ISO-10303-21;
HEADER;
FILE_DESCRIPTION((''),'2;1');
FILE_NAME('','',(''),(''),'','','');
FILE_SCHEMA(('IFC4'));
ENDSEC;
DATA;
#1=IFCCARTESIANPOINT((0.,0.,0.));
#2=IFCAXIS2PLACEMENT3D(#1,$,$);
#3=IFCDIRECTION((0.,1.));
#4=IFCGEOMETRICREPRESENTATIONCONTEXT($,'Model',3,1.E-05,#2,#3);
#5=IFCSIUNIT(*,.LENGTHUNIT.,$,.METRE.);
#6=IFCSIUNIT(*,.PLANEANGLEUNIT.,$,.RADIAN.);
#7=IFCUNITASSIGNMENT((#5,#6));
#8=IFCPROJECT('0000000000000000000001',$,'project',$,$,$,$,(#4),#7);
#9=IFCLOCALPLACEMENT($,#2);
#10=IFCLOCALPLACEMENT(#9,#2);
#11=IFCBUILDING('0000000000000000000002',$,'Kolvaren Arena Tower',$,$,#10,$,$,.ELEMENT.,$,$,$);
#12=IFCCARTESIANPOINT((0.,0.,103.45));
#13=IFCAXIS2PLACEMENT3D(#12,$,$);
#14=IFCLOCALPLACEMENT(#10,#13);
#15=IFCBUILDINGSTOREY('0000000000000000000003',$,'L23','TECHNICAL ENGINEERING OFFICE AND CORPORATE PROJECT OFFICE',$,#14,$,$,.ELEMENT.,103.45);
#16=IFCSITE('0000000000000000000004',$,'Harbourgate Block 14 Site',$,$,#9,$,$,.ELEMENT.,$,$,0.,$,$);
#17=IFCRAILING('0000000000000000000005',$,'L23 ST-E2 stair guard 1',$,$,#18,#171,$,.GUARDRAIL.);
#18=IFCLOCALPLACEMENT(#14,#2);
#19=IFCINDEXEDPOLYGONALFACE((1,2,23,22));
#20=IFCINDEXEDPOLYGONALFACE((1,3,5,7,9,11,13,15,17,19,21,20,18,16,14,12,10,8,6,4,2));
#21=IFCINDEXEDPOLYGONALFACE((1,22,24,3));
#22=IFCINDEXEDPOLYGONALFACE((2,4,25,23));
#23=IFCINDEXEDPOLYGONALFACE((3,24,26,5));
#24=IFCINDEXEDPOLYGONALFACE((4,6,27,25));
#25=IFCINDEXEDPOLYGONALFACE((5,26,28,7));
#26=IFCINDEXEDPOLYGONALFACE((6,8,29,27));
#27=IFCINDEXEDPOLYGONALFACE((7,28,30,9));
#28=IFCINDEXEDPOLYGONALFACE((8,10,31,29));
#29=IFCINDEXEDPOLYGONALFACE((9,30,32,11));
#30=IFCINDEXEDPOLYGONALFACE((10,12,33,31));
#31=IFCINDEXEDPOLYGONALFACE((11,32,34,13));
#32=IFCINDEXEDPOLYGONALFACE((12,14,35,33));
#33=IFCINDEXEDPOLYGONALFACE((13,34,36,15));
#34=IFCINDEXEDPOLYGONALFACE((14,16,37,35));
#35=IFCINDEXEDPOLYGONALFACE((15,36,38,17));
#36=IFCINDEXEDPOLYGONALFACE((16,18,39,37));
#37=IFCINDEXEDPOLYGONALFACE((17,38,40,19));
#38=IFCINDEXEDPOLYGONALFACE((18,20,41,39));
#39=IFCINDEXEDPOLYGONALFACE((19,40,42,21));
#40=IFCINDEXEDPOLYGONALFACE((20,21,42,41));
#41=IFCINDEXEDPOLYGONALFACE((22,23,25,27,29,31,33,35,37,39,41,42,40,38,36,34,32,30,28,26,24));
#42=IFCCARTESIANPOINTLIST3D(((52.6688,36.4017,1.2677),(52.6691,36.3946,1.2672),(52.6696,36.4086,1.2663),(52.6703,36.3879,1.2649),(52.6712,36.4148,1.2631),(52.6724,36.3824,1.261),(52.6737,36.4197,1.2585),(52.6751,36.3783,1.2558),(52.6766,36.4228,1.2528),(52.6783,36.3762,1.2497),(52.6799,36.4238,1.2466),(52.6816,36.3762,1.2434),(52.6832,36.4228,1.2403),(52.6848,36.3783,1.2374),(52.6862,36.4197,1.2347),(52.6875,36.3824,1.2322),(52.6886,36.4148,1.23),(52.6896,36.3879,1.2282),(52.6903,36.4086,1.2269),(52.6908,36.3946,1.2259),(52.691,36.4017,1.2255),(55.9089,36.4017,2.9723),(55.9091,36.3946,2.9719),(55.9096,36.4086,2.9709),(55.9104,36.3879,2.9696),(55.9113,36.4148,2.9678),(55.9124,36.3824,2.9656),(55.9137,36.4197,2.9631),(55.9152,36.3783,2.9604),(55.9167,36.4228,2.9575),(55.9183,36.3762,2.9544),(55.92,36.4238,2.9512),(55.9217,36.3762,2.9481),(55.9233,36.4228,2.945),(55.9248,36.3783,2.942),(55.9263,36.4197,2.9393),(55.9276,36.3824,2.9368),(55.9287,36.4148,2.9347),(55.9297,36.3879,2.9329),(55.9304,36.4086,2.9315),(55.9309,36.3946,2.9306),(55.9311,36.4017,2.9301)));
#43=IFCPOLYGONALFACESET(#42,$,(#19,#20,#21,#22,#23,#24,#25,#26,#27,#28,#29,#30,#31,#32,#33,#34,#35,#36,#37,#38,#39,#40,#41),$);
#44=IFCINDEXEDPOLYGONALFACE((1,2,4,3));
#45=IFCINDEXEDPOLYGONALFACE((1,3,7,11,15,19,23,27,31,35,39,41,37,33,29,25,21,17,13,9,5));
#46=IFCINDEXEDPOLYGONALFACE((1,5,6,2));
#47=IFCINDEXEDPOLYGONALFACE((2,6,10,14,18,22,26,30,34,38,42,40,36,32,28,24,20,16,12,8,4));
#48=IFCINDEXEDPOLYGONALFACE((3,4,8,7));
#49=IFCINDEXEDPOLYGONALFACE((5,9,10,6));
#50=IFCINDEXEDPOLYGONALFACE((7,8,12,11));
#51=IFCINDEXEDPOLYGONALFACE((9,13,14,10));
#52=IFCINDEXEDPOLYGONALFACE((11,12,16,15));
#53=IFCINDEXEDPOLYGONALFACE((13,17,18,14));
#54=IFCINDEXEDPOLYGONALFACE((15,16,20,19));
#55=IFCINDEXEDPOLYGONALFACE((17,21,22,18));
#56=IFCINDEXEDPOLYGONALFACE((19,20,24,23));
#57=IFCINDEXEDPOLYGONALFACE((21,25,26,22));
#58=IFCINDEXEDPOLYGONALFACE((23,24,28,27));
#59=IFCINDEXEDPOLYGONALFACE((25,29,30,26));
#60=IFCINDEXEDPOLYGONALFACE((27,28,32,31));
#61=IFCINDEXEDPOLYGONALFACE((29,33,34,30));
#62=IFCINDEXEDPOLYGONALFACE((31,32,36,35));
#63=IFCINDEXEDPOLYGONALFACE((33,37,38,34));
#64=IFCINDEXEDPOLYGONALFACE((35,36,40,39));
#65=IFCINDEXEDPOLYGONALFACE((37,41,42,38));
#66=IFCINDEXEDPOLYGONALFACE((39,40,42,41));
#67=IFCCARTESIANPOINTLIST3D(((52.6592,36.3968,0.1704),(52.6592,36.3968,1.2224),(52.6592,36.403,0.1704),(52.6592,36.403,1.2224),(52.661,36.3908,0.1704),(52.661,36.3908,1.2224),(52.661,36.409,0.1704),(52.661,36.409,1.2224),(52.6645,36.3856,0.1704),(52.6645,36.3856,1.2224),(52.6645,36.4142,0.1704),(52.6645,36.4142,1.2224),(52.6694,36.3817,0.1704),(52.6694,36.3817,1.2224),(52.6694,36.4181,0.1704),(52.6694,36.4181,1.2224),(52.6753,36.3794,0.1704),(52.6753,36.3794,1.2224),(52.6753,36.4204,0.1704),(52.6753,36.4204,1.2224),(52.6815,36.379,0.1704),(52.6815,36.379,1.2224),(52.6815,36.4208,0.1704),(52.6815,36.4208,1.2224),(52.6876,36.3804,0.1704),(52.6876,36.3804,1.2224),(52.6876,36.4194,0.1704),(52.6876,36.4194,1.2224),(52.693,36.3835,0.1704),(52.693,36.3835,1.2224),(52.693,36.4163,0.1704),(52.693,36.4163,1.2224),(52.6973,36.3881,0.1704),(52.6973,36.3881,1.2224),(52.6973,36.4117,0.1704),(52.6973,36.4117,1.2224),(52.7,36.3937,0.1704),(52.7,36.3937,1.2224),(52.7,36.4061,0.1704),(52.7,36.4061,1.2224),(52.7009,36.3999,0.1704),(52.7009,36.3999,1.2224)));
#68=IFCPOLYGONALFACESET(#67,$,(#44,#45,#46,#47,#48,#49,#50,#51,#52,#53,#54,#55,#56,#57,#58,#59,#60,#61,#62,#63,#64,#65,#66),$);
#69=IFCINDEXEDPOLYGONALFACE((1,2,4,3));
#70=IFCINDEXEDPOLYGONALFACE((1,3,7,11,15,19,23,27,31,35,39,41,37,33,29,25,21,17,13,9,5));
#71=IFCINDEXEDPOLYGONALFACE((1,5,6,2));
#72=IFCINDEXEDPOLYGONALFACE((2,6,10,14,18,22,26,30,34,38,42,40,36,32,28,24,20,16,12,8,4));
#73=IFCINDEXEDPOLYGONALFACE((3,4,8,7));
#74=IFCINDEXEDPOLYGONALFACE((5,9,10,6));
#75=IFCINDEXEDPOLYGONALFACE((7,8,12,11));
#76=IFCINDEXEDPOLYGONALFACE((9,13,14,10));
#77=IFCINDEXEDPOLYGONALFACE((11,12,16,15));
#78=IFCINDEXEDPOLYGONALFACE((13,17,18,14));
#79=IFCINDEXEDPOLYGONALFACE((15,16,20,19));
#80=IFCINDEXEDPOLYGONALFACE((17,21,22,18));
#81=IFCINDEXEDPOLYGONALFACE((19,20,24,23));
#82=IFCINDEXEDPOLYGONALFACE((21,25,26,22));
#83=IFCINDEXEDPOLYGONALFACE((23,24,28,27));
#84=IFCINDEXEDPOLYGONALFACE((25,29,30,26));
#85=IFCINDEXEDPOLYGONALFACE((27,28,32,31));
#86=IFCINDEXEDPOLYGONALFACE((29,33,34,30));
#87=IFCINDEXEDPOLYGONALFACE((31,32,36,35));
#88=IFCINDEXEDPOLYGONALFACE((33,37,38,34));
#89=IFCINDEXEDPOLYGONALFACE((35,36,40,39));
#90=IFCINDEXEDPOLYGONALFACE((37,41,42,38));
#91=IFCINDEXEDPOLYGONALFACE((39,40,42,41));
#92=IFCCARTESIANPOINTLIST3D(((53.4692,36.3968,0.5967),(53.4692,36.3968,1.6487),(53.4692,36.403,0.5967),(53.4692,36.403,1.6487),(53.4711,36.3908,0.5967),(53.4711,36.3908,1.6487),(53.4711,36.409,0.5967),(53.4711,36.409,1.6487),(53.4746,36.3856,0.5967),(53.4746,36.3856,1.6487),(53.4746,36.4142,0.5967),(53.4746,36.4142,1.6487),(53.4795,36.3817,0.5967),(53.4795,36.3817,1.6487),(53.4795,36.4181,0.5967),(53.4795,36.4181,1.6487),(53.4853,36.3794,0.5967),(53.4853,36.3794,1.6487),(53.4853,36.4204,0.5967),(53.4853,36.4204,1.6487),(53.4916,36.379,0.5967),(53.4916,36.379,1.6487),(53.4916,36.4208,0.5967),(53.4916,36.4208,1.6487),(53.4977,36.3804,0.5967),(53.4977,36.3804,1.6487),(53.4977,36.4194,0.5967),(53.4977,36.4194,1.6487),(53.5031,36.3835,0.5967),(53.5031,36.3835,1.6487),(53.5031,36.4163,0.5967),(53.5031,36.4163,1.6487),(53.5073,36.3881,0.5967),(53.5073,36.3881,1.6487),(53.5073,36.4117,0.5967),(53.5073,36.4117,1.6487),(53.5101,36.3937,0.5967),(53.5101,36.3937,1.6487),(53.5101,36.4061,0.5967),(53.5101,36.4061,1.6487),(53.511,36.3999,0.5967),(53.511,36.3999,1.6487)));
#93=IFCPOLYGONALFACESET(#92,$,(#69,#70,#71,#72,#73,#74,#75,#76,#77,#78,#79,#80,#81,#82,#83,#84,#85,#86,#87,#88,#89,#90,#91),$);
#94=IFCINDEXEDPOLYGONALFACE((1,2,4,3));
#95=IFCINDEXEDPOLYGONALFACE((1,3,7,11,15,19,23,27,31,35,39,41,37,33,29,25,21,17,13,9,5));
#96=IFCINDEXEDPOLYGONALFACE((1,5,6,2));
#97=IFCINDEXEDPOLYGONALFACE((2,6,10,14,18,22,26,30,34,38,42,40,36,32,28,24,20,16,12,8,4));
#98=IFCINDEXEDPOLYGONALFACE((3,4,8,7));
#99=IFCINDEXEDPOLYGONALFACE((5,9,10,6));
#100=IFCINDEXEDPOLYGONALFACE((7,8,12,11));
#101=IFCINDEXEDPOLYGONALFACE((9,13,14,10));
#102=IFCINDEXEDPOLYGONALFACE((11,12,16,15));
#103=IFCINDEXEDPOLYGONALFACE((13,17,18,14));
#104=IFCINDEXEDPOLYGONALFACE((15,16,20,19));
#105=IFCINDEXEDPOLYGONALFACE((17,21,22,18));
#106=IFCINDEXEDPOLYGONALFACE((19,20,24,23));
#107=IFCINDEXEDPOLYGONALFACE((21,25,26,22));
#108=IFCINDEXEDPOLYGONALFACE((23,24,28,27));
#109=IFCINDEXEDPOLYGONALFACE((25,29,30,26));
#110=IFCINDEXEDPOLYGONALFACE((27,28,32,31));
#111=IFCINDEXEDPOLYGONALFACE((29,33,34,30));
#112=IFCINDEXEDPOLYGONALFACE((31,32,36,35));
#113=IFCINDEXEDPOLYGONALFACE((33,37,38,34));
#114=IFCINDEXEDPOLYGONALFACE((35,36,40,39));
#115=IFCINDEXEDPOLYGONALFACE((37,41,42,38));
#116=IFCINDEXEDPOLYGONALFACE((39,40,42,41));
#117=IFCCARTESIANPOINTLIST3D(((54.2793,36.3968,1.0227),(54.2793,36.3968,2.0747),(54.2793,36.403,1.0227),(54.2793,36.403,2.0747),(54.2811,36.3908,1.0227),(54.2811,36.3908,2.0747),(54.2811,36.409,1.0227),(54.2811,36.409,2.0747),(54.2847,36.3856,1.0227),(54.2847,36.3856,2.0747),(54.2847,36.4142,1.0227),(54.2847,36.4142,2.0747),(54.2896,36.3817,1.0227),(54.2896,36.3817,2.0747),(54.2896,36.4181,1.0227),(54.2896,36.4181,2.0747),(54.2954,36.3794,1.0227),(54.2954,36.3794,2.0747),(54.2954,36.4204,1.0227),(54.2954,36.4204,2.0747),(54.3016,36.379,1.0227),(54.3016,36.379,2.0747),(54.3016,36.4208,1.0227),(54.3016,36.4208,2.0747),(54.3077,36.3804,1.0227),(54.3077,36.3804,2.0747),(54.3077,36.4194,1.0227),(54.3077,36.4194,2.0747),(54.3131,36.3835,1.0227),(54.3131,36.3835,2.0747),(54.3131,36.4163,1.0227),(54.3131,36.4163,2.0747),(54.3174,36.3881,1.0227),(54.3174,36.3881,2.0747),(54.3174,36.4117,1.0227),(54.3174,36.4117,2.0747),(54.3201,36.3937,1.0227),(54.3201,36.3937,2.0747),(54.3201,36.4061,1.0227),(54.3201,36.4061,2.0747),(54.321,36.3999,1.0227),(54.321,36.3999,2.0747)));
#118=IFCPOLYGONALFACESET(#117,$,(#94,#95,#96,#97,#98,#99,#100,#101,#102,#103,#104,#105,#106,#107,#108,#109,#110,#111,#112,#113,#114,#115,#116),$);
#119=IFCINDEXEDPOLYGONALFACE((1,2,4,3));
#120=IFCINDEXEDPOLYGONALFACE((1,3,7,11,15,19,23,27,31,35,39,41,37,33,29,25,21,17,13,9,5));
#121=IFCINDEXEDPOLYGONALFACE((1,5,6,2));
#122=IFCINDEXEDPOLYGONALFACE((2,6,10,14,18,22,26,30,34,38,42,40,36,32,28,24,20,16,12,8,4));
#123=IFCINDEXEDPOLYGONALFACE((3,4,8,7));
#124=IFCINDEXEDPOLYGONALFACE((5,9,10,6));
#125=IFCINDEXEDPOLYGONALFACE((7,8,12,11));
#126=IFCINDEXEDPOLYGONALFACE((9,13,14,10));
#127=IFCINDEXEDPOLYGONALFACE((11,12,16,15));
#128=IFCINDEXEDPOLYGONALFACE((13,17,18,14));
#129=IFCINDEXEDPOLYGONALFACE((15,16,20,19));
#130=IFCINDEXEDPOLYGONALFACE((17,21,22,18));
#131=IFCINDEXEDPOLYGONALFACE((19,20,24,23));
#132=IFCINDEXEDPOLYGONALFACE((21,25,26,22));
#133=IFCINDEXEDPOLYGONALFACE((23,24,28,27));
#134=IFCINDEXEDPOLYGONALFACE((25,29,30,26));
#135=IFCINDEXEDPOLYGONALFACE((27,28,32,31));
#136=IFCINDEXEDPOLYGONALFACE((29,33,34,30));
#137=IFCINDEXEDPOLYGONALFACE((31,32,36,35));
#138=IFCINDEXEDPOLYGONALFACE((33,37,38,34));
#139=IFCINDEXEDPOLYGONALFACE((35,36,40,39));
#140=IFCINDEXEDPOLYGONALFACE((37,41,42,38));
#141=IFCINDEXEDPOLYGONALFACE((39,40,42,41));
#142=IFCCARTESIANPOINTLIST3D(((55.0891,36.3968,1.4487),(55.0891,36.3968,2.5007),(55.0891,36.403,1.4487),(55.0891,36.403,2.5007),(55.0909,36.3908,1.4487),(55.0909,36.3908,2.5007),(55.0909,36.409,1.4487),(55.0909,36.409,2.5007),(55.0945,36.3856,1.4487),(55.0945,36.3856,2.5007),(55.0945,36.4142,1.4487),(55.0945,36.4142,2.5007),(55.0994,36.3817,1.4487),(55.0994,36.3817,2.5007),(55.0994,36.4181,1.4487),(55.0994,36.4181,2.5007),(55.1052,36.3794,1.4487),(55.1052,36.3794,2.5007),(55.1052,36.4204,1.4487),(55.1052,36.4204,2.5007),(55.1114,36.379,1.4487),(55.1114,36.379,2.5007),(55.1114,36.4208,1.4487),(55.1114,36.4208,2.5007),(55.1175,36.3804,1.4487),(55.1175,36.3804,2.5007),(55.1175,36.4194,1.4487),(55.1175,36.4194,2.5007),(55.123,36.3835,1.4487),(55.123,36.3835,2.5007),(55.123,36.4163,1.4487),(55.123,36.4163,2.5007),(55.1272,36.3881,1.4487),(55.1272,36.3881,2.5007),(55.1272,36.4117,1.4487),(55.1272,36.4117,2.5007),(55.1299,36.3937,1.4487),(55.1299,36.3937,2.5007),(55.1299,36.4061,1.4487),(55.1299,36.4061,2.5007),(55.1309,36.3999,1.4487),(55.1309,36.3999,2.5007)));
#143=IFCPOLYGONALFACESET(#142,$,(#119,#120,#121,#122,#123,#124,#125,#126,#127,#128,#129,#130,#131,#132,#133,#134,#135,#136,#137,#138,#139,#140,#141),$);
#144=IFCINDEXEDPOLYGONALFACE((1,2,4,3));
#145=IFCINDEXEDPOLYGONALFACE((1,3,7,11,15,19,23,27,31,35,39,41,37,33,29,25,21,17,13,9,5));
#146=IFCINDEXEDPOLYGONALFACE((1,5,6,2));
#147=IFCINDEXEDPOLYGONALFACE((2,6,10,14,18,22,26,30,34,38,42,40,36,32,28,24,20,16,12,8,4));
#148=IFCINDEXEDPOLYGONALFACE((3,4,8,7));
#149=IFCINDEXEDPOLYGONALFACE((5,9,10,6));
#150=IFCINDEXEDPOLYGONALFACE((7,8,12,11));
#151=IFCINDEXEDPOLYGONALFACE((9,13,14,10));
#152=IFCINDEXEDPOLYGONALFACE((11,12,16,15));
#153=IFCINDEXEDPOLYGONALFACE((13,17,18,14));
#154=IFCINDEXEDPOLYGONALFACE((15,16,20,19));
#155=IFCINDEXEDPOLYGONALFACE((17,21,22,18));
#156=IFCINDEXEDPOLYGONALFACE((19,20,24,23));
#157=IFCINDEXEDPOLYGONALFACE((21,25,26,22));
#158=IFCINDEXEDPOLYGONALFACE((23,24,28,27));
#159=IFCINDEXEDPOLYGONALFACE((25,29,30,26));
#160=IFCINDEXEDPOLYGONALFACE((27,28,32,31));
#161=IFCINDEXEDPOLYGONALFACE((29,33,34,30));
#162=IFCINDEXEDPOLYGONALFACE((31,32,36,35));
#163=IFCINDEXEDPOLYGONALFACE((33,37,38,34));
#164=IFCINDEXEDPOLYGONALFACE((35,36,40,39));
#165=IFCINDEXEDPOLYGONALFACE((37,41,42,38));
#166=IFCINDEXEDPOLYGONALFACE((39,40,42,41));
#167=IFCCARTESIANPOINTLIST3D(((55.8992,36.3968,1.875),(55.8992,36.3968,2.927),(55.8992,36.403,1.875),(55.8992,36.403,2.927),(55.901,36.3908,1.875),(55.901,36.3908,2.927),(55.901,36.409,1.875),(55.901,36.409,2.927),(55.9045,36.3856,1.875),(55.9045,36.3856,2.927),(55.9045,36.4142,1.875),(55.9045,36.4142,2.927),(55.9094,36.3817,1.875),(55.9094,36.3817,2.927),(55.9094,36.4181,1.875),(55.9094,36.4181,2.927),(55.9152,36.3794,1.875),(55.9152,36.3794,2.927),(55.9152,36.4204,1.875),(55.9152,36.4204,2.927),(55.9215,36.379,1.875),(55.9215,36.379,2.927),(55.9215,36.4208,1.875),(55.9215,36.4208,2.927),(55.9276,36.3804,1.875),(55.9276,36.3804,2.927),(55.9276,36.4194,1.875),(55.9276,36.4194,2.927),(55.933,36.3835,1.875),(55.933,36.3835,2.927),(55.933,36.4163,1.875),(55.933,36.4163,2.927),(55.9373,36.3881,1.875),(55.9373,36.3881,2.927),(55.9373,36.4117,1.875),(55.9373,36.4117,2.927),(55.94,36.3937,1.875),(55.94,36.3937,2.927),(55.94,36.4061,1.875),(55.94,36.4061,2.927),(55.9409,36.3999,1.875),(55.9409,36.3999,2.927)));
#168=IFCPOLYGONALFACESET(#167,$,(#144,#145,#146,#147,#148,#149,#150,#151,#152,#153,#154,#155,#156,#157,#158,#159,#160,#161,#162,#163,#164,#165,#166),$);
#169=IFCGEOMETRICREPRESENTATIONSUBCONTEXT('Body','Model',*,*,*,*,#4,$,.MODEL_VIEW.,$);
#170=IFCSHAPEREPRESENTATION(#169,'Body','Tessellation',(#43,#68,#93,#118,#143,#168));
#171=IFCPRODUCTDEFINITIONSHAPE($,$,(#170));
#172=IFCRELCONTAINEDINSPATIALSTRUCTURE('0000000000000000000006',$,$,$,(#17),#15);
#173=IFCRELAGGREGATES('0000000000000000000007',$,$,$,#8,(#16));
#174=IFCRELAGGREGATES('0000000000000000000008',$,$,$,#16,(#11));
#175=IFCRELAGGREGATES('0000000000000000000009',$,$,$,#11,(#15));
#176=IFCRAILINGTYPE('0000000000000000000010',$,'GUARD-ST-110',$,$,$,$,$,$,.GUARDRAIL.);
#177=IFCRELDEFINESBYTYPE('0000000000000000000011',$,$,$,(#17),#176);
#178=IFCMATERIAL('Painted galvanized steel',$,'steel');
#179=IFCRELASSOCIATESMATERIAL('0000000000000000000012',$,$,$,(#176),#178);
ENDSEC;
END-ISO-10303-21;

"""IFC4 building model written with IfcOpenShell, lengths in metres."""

from ifc_helpers import new_model, si_unit, direction, frame, origin, origin_2d, place, context, subcontext, project, spatial, circle, extrude, material, type_object, element, save


model = new_model("IFC4")

# Units and contexts
model_context = context("Model", 3, precision=1e-05, world=origin(), true_north=direction((0.0, 1.0)))
body_context = subcontext(model_context, "Body", "Model", "MODEL_VIEW")
ifc_project = project(units=[si_unit("LENGTHUNIT", "METRE"), si_unit("PLANEANGLEUNIT", "RADIAN")], contexts=[model_context])

# Site, building, storey
site_placement = place(None, origin())
site = spatial("IfcSite", under=ifc_project, at=site_placement, Name="Harbourgate Block 14 Site", CompositionType="ELEMENT", RefElevation=0.0)
building_placement = place(site_placement, origin())
building = spatial("IfcBuilding", under=site, at=building_placement, Name="Kolvaren Arena Tower", CompositionType="ELEMENT")
storey_placement = place(building_placement, frame((0.0, 0.0, 103.45)))
storey = spatial("IfcBuildingStorey", under=building, at=storey_placement, Name="L23", Description="TECHNICAL ENGINEERING OFFICE AND CORPORATE PROJECT OFFICE", CompositionType="ELEMENT", Elevation=103.45)

# Railing
ifc_material_1 = material(Name="Painted galvanized steel", Category="steel")
railing_type_1 = type_object("IfcRailingType", Name="GUARD-ST-110", PredefinedType="GUARDRAIL", material=ifc_material_1)
railing_1_placement = place(storey_placement, frame((52.6799, 36.3999, 0.1704)))
element("IfcRailing", 1, at=railing_1_placement, inside=storey, type_object=railing_type_1, Name="L23 ST-E2 stair guard 1", PredefinedType="GUARDRAIL", context=body_context, shape_type="SweptSolid", body=[
    extrude(circle(Radius=0.0239, at=origin_2d()), frame((0.0, 0.0, 1.0762), z_axis=(0.884993, 0.0, 0.465604), x_axis=(0.0, 1.0, 0.0)), (0.0, 0.0, 1.0), 3.6611),
    extrude(circle(Radius=0.021, at=origin_2d()), origin(), (0.0, 0.0, 1.0), 1.052),
    extrude(circle(Radius=0.021, at=origin_2d()), frame((0.8101, 0.0, 0.4263)), (0.0, 0.0, 1.0), 1.052),
    extrude(circle(Radius=0.021, at=origin_2d()), frame((1.6201, 0.0, 0.8523)), (0.0, 0.0, 1.0), 1.052),
    extrude(circle(Radius=0.021, at=origin_2d()), frame((2.4299, 0.0, 1.2783)), (0.0, 0.0, 1.0), 1.052),
    extrude(circle(Radius=0.021, at=origin_2d()), frame((3.24, 0.0, 1.7046)), (0.0, 0.0, 1.0), 1.052),
])

save(model, "model.ifc")
